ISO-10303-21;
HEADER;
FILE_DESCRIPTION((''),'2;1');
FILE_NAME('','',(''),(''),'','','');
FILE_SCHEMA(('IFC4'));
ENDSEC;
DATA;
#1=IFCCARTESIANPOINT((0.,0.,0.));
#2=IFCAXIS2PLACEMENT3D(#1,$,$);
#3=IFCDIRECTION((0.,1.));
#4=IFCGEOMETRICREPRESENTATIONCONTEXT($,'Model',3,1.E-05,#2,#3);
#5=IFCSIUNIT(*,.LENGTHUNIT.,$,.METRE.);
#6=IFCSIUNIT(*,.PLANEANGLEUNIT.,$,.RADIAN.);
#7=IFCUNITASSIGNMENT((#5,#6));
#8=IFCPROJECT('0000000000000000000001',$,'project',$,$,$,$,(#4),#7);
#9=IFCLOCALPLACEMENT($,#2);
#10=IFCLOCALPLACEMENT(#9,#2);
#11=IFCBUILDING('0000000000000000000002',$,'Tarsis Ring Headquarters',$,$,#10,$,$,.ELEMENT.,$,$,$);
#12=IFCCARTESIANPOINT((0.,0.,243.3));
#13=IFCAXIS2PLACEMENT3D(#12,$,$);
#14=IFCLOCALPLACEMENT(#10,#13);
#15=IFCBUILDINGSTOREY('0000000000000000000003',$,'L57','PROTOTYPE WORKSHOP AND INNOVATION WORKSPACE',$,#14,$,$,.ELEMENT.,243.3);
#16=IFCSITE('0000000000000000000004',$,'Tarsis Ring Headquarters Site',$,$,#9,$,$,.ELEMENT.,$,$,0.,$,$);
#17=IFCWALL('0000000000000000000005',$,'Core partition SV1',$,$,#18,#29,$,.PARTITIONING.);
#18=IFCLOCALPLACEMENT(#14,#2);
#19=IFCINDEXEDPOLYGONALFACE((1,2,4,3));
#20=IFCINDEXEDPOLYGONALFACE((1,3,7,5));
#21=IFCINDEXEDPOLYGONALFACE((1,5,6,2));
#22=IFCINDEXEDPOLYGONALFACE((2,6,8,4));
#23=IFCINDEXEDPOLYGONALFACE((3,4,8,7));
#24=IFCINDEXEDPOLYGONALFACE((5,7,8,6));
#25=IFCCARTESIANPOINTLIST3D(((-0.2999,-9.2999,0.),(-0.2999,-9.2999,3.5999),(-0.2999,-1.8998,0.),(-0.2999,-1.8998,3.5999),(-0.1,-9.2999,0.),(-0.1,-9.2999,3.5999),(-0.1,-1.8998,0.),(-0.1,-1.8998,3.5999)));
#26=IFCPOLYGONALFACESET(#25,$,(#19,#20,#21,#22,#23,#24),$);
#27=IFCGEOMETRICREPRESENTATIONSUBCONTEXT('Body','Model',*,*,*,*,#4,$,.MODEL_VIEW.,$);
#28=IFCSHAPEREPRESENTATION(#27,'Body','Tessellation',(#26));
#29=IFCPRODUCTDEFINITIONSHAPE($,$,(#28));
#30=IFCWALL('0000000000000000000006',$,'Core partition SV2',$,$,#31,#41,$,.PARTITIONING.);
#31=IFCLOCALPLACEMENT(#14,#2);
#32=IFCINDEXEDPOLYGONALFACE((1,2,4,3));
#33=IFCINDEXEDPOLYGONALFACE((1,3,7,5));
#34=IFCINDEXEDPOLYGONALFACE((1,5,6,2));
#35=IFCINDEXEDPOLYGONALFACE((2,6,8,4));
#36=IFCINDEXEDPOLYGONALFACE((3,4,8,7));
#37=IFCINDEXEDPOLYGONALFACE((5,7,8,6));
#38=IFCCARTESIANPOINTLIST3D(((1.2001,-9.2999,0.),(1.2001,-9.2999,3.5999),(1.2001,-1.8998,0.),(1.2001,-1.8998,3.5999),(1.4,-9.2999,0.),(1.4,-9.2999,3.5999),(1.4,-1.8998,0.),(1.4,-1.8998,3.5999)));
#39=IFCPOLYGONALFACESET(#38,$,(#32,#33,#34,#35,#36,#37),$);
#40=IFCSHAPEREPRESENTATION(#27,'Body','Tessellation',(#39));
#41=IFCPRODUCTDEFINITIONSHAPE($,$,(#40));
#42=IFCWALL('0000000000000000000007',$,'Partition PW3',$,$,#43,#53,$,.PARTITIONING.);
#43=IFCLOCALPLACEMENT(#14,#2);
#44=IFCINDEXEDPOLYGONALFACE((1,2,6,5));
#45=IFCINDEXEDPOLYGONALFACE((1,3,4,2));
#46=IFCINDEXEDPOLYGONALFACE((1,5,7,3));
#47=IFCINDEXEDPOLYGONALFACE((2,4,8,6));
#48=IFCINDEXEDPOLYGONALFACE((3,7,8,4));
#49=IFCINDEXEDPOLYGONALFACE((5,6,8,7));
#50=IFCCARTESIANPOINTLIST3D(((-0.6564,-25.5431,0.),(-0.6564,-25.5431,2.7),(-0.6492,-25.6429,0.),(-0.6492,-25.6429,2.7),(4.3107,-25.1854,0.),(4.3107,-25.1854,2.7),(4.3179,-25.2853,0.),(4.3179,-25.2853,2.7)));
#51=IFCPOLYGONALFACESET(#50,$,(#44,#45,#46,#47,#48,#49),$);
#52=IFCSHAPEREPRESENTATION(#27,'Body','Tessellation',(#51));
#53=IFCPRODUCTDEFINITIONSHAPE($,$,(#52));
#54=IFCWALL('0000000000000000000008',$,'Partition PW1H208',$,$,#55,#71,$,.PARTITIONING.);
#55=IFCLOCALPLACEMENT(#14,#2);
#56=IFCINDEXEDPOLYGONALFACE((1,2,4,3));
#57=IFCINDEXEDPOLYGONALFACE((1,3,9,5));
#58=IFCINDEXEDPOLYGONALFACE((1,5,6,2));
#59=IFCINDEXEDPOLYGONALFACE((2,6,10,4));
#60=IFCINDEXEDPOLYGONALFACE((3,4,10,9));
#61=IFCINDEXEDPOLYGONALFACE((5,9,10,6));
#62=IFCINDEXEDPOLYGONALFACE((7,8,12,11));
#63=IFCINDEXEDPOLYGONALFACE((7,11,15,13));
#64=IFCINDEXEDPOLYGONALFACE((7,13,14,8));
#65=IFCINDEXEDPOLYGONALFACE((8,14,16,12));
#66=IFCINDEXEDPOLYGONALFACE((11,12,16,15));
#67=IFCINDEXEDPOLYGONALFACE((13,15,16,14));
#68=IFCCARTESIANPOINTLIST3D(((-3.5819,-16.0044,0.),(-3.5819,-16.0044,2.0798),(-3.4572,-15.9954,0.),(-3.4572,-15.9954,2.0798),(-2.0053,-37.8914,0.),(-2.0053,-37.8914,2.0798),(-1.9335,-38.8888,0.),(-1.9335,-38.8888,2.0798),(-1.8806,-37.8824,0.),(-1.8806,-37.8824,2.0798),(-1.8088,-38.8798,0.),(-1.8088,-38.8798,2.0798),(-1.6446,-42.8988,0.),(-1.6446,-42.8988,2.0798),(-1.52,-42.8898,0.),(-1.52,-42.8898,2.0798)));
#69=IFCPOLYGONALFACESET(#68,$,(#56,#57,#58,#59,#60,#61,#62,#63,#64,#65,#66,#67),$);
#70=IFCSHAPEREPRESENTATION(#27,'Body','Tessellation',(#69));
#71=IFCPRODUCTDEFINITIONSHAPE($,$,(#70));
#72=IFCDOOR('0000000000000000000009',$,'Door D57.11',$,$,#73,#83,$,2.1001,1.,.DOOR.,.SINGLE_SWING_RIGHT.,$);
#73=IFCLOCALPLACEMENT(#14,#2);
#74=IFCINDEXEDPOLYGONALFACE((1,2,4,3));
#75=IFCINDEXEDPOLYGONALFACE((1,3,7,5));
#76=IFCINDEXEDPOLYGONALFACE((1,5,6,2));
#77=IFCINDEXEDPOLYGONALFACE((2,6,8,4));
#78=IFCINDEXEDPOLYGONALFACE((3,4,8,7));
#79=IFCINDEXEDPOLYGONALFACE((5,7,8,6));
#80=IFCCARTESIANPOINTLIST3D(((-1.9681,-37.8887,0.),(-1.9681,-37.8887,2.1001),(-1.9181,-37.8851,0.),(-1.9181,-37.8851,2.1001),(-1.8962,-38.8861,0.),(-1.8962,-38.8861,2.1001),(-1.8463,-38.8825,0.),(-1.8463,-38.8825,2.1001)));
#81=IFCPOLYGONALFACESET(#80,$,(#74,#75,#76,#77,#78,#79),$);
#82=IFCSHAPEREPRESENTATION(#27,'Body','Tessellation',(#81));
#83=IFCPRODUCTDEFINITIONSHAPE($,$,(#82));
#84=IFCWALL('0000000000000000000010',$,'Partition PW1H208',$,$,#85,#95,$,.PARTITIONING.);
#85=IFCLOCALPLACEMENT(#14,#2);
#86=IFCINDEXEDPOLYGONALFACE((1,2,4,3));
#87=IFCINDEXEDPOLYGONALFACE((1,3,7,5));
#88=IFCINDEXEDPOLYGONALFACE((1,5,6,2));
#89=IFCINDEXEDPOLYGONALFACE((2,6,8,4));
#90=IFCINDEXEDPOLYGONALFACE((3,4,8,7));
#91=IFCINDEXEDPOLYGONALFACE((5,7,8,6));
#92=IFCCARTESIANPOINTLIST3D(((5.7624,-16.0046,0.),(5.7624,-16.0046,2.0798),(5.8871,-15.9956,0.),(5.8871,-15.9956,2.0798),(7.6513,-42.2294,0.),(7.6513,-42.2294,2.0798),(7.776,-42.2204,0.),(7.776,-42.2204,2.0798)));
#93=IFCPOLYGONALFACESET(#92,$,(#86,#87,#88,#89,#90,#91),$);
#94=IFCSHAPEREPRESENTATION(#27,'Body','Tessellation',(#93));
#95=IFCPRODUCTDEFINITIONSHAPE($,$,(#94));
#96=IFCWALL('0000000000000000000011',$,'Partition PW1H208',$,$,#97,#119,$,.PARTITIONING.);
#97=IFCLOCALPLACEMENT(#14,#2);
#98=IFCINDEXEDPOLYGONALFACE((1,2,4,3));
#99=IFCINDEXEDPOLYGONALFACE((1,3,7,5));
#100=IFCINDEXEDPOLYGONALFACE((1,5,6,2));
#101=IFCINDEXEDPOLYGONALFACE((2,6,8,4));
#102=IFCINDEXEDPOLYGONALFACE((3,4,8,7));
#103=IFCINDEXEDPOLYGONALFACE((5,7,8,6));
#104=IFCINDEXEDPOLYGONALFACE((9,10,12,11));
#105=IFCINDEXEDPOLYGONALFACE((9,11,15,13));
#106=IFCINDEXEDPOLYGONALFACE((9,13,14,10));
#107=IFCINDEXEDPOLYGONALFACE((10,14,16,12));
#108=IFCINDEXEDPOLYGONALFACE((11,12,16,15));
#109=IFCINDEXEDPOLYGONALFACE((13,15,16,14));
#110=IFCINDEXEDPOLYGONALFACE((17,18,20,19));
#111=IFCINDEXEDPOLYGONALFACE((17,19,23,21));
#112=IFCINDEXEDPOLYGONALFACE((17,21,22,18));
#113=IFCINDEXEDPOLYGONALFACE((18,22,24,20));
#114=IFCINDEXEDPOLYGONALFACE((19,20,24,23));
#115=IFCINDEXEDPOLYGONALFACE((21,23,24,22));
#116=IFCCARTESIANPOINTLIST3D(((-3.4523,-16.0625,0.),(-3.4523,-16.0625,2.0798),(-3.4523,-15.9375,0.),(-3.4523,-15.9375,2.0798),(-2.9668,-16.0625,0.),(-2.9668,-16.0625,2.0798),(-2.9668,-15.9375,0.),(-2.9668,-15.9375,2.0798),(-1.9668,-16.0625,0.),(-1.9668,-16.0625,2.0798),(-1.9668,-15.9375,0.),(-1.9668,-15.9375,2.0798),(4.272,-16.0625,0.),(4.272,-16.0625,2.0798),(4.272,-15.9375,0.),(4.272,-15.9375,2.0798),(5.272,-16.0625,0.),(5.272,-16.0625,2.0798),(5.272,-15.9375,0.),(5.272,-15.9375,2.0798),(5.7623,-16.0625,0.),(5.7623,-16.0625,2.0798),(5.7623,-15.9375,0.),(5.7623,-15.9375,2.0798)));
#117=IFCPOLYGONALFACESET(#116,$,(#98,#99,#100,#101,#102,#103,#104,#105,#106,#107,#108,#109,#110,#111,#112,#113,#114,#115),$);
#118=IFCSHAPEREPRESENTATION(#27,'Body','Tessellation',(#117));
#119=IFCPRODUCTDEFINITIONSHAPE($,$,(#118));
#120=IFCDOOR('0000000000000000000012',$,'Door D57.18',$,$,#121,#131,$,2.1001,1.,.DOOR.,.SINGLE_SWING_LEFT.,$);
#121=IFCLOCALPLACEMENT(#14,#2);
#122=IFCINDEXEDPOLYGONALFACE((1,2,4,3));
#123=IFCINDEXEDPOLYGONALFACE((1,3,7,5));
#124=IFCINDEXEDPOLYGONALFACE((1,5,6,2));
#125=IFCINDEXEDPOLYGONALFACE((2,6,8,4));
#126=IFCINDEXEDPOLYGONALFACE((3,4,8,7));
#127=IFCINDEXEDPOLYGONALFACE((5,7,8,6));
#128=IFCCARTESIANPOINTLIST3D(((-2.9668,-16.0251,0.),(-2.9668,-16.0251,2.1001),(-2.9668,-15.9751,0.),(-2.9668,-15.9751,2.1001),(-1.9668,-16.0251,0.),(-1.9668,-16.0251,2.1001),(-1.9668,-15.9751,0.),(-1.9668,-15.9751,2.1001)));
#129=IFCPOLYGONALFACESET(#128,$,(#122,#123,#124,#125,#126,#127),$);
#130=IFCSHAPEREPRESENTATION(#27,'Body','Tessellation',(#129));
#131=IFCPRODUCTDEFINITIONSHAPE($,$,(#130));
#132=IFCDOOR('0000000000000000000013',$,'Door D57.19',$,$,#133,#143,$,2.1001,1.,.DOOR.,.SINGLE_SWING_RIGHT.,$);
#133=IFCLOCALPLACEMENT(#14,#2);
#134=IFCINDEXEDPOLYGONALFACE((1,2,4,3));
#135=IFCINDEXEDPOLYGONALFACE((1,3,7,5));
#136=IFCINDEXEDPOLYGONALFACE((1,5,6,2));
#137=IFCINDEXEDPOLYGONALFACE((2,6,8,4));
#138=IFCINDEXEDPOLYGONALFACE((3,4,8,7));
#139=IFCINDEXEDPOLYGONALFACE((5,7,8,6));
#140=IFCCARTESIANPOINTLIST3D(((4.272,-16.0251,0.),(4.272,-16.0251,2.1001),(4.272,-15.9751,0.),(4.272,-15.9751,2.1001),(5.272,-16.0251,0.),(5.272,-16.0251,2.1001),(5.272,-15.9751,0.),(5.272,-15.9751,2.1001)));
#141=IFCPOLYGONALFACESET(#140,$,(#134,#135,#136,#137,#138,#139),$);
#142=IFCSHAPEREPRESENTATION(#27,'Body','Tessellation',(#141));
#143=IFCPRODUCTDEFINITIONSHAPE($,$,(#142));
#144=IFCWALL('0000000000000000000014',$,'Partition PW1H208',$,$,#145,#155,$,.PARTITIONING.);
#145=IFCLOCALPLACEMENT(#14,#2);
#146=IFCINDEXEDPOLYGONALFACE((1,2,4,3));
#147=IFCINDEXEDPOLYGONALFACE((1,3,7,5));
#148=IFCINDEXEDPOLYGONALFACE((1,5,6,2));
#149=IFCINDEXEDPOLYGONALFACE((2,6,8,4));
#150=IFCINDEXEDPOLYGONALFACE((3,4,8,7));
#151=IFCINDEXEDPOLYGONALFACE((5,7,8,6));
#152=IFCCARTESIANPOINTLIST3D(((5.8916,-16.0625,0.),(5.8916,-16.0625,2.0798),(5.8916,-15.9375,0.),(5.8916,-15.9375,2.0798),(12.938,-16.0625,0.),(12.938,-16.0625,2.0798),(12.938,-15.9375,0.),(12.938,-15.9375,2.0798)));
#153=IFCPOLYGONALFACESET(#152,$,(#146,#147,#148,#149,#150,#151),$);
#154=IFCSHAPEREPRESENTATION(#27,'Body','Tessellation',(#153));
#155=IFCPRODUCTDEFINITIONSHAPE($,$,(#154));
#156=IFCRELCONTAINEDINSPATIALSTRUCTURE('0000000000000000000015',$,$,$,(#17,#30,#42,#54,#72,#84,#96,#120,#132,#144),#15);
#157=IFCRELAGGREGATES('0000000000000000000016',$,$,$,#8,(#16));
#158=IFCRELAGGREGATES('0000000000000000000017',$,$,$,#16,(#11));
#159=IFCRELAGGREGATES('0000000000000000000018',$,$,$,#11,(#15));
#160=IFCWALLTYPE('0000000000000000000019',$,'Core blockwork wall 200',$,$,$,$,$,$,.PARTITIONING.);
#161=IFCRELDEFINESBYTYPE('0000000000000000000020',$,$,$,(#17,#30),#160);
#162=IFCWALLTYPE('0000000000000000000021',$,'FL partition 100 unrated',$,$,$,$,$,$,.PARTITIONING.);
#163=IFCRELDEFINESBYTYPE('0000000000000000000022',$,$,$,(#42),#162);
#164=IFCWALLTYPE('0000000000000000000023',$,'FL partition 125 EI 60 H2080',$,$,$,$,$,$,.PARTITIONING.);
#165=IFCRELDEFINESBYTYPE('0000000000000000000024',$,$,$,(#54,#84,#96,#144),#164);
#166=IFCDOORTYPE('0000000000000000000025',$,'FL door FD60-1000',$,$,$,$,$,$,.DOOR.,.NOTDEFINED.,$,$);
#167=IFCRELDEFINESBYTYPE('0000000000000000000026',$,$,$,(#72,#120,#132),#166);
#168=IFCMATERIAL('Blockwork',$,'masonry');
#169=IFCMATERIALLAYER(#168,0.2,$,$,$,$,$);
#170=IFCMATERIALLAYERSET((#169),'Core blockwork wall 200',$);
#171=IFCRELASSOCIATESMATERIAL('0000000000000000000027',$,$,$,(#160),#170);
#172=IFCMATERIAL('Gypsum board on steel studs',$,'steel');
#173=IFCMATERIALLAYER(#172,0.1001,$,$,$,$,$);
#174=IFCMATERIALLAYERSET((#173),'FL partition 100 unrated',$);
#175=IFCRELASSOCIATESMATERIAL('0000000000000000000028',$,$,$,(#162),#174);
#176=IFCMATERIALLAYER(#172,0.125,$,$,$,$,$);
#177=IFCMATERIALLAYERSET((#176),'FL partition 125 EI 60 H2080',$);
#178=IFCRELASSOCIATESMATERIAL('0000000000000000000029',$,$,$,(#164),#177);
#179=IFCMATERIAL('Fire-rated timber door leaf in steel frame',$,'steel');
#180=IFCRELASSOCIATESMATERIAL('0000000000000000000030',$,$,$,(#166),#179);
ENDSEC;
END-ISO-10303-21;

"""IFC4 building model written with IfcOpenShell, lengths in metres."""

from ifc_helpers import new_model, si_unit, direction, frame, frame_2d, origin, place, context, subcontext, project, spatial, rectangle, extrude, material, layer, layer_set, type_object, element, fill, save


model = new_model("IFC4")

# Units and contexts
model_context = context("Model", 3, precision=1e-05, world=origin(), true_north=direction((0.0, 1.0)))
body_context = subcontext(model_context, "Body", "Model", "MODEL_VIEW")
ifc_project = project(units=[si_unit("LENGTHUNIT", "METRE"), si_unit("PLANEANGLEUNIT", "RADIAN")], contexts=[model_context])

# Site, building, storey
site_placement = place(None, origin())
site = spatial("IfcSite", under=ifc_project, at=site_placement, Name="Tarsis Ring Headquarters Site", CompositionType="ELEMENT", RefElevation=0.0)
building_placement = place(site_placement, origin())
building = spatial("IfcBuilding", under=site, at=building_placement, Name="Tarsis Ring Headquarters", CompositionType="ELEMENT")
storey_placement = place(building_placement, frame((0.0, 0.0, 243.3)))
storey = spatial("IfcBuildingStorey", under=building, at=storey_placement, Name="L57", Description="PROTOTYPE WORKSHOP AND INNOVATION WORKSPACE", CompositionType="ELEMENT", Elevation=243.3)

# Walls
ifc_material_1 = material(Name="Blockwork", Category="masonry")
ifc_layer_1 = layer(ifc_material_1, 0.2)
ifc_layer_set_1 = layer_set([ifc_layer_1], Name="Core blockwork wall 200")
wall_type_1 = type_object("IfcWallType", Name="Core blockwork wall 200", PredefinedType="PARTITIONING", material=ifc_layer_set_1)
for number, where, z_axis, x_axis, name in (
    (1, (-0.2, -9.3, 0.0), (0.0, 0.0, 1.0), (0.0, 1.0, 0.0), "Core partition SV1"),
    (2, (1.3, -9.3, 0.0), (0.0, 0.0, 1.0), (0.0, 1.0, 0.0), "Core partition SV2"),
):
    element("IfcWall", number, at=place(storey_placement, frame(where, z_axis=z_axis, x_axis=x_axis)), inside=storey, type_object=wall_type_1, Name=name, PredefinedType="PARTITIONING", context=body_context, shape_type="SweptSolid", body=[
        extrude(rectangle(XDim=7.4001, YDim=0.2, at=frame_2d((3.7002, 0.0))), origin(), (0.0, 0.0, 1.0), 3.5999),
    ])
ifc_material_2 = material(Name="Gypsum board on steel studs", Category="steel")
ifc_layer_2 = layer(ifc_material_2, 0.1001)
ifc_layer_set_2 = layer_set([ifc_layer_2], Name="FL partition 100 unrated")
wall_type_2 = type_object("IfcWallType", Name="FL partition 100 unrated", PredefinedType="PARTITIONING", material=ifc_layer_set_2)
wall_1_placement = place(storey_placement, frame((-0.6528, -25.593, 0.0), z_axis=(0.0, 0.0, 1.0), x_axis=(0.997417, 0.071822, 0.0)))
element("IfcWall", 3, at=wall_1_placement, inside=storey, type_object=wall_type_2, Name="Partition PW3", PredefinedType="PARTITIONING", context=body_context, shape_type="SweptSolid", body=[
    extrude(rectangle(XDim=4.98, YDim=0.1001, at=frame_2d((2.49, 0.0))), origin(), (0.0, 0.0, 1.0), 2.7),
])

# Wall, opening, door
ifc_layer_3 = layer(ifc_material_2, 0.125)
ifc_layer_set_3 = layer_set([ifc_layer_3], Name="FL partition 125 EI 60 H2080")
wall_type_3 = type_object("IfcWallType", Name="FL partition 125 EI 60 H2080", PredefinedType="PARTITIONING", material=ifc_layer_set_3)
wall_2_placement = place(storey_placement, frame((-3.5195, -16.0, 0.0), z_axis=(0.0, 0.0, 1.0), x_axis=(0.071845, -0.997416, 0.0)))
wall_2 = element("IfcWall", 4, at=wall_2_placement, inside=storey, type_object=wall_type_3, Name="Partition PW1H208", PredefinedType="PARTITIONING", context=body_context, shape_type="SweptSolid", body=[
    extrude(rectangle(XDim=26.9641, YDim=0.125, at=frame_2d((13.4819, 0.0))), origin(), (0.0, 0.0, 1.0), 2.0798),
])
opening_1_placement = place(wall_2_placement, frame((21.9436, 0.0, 0.0)))
opening_1 = element("IfcOpeningElement", 5, at=opening_1_placement, cuts=wall_2, PredefinedType="OPENING", context=body_context, shape_type="SweptSolid", body=[
    extrude(rectangle(XDim=1.0, YDim=2.1001, at=frame_2d((0.5, 1.05))), frame((0.0, 0.0725, 0.0), z_axis=(0.0, -1.0, 0.0), x_axis=(1.0, 0.0, 0.0)), (0.0, 0.0, 1.0), 0.145),
])
ifc_material_3 = material(Name="Fire-rated timber door leaf in steel frame", Category="steel")
door_type = type_object("IfcDoorType", Name="FL door FD60-1000", OperationType="NOTDEFINED", PredefinedType="DOOR", material=ifc_material_3)
door_1_placement = place(opening_1_placement, origin())
door_1 = element("IfcDoor", 6, at=door_1_placement, inside=storey, type_object=door_type, Name="Door D57.11", OperationType="SINGLE_SWING_RIGHT", OverallHeight=2.1001, OverallWidth=1.0, PredefinedType="DOOR", context=body_context, shape_type="SweptSolid", body=[
    extrude(rectangle(XDim=1.0, YDim=2.1001, at=frame_2d((0.5, 1.05))), frame((0.0, 0.0249, 0.0), z_axis=(0.0, -1.0, 0.0), x_axis=(1.0, 0.0, 0.0)), (0.0, 0.0, 1.0), 0.05),
])
fill(opening_1, door_1)

# Wall
wall_3_placement = place(storey_placement, frame((5.8247, -16.0, 0.0), z_axis=(0.0, 0.0, 1.0), x_axis=(0.071842, -0.997416, 0.0)))
element("IfcWall", 7, at=wall_3_placement, inside=storey, type_object=wall_type_3, Name="Partition PW1H208", PredefinedType="PARTITIONING", context=body_context, shape_type="SweptSolid", body=[
    extrude(rectangle(XDim=26.2927, YDim=0.125, at=frame_2d((13.1465, 0.0))), origin(), (0.0, 0.0, 1.0), 2.0798),
])

# Wall, openings, doors
wall_4_placement = place(storey_placement, frame((-3.4524, -16.0, 0.0), z_axis=(0.0, 0.0, 1.0), x_axis=(1.0, 0.0, 0.0)))
wall_4 = element("IfcWall", 8, at=wall_4_placement, inside=storey, type_object=wall_type_3, Name="Partition PW1H208", PredefinedType="PARTITIONING", context=body_context, shape_type="SweptSolid", body=[
    extrude(rectangle(XDim=9.2146, YDim=0.125, at=frame_2d((4.6074, 0.0))), origin(), (0.0, 0.0, 1.0), 2.0798),
])
opening_2_placement = place(wall_4_placement, frame((0.4856, 0.0, 0.0)))
opening_2 = element("IfcOpeningElement", 9, at=opening_2_placement, cuts=wall_4, PredefinedType="OPENING", context=body_context, shape_type="SweptSolid", body=[
    extrude(rectangle(XDim=1.0, YDim=2.1001, at=frame_2d((0.5, 1.05))), frame((0.0, 0.0725, 0.0), z_axis=(0.0, -1.0, 0.0), x_axis=(1.0, 0.0, 0.0)), (0.0, 0.0, 1.0), 0.145),
])
opening_3_placement = place(wall_4_placement, frame((7.7244, 0.0, 0.0)))
opening_3 = element("IfcOpeningElement", 10, at=opening_3_placement, cuts=wall_4, PredefinedType="OPENING", context=body_context, shape_type="SweptSolid", body=[
    extrude(rectangle(XDim=1.0, YDim=2.1001, at=frame_2d((0.5, 1.05))), frame((0.0, 0.0725, 0.0), z_axis=(0.0, -1.0, 0.0), x_axis=(1.0, 0.0, 0.0)), (0.0, 0.0, 1.0), 0.145),
])
door_2_placement = place(opening_2_placement, origin())
door_2 = element("IfcDoor", 11, at=door_2_placement, inside=storey, type_object=door_type, Name="Door D57.18", OperationType="SINGLE_SWING_LEFT", OverallHeight=2.1001, OverallWidth=1.0, PredefinedType="DOOR", context=body_context, shape_type="SweptSolid", body=[
    extrude(rectangle(XDim=1.0, YDim=2.1001, at=frame_2d((0.5, 1.05))), frame((0.0, 0.0249, 0.0), z_axis=(0.0, -1.0, 0.0), x_axis=(1.0, 0.0, 0.0)), (0.0, 0.0, 1.0), 0.05),
])
fill(opening_2, door_2)
door_3_placement = place(opening_3_placement, origin())
door_3 = element("IfcDoor", 12, at=door_3_placement, inside=storey, type_object=door_type, Name="Door D57.19", OperationType="SINGLE_SWING_RIGHT", OverallHeight=2.1001, OverallWidth=1.0, PredefinedType="DOOR", context=body_context, shape_type="SweptSolid", body=[
    extrude(rectangle(XDim=1.0, YDim=2.1001, at=frame_2d((0.5, 1.05))), frame((0.0, 0.0249, 0.0), z_axis=(0.0, -1.0, 0.0), x_axis=(1.0, 0.0, 0.0)), (0.0, 0.0, 1.0), 0.05),
])
fill(opening_3, door_3)

# Wall
wall_5_placement = place(storey_placement, frame((5.8916, -16.0, 0.0), z_axis=(0.0, 0.0, 1.0), x_axis=(1.0, 0.0, 0.0)))
element("IfcWall", 13, at=wall_5_placement, inside=storey, type_object=wall_type_3, Name="Partition PW1H208", PredefinedType="PARTITIONING", context=body_context, shape_type="SweptSolid", body=[
    extrude(rectangle(XDim=7.0464, YDim=0.125, at=frame_2d((3.5232, 0.0))), origin(), (0.0, 0.0, 1.0), 2.0798),
])

save(model, "model.ifc")
